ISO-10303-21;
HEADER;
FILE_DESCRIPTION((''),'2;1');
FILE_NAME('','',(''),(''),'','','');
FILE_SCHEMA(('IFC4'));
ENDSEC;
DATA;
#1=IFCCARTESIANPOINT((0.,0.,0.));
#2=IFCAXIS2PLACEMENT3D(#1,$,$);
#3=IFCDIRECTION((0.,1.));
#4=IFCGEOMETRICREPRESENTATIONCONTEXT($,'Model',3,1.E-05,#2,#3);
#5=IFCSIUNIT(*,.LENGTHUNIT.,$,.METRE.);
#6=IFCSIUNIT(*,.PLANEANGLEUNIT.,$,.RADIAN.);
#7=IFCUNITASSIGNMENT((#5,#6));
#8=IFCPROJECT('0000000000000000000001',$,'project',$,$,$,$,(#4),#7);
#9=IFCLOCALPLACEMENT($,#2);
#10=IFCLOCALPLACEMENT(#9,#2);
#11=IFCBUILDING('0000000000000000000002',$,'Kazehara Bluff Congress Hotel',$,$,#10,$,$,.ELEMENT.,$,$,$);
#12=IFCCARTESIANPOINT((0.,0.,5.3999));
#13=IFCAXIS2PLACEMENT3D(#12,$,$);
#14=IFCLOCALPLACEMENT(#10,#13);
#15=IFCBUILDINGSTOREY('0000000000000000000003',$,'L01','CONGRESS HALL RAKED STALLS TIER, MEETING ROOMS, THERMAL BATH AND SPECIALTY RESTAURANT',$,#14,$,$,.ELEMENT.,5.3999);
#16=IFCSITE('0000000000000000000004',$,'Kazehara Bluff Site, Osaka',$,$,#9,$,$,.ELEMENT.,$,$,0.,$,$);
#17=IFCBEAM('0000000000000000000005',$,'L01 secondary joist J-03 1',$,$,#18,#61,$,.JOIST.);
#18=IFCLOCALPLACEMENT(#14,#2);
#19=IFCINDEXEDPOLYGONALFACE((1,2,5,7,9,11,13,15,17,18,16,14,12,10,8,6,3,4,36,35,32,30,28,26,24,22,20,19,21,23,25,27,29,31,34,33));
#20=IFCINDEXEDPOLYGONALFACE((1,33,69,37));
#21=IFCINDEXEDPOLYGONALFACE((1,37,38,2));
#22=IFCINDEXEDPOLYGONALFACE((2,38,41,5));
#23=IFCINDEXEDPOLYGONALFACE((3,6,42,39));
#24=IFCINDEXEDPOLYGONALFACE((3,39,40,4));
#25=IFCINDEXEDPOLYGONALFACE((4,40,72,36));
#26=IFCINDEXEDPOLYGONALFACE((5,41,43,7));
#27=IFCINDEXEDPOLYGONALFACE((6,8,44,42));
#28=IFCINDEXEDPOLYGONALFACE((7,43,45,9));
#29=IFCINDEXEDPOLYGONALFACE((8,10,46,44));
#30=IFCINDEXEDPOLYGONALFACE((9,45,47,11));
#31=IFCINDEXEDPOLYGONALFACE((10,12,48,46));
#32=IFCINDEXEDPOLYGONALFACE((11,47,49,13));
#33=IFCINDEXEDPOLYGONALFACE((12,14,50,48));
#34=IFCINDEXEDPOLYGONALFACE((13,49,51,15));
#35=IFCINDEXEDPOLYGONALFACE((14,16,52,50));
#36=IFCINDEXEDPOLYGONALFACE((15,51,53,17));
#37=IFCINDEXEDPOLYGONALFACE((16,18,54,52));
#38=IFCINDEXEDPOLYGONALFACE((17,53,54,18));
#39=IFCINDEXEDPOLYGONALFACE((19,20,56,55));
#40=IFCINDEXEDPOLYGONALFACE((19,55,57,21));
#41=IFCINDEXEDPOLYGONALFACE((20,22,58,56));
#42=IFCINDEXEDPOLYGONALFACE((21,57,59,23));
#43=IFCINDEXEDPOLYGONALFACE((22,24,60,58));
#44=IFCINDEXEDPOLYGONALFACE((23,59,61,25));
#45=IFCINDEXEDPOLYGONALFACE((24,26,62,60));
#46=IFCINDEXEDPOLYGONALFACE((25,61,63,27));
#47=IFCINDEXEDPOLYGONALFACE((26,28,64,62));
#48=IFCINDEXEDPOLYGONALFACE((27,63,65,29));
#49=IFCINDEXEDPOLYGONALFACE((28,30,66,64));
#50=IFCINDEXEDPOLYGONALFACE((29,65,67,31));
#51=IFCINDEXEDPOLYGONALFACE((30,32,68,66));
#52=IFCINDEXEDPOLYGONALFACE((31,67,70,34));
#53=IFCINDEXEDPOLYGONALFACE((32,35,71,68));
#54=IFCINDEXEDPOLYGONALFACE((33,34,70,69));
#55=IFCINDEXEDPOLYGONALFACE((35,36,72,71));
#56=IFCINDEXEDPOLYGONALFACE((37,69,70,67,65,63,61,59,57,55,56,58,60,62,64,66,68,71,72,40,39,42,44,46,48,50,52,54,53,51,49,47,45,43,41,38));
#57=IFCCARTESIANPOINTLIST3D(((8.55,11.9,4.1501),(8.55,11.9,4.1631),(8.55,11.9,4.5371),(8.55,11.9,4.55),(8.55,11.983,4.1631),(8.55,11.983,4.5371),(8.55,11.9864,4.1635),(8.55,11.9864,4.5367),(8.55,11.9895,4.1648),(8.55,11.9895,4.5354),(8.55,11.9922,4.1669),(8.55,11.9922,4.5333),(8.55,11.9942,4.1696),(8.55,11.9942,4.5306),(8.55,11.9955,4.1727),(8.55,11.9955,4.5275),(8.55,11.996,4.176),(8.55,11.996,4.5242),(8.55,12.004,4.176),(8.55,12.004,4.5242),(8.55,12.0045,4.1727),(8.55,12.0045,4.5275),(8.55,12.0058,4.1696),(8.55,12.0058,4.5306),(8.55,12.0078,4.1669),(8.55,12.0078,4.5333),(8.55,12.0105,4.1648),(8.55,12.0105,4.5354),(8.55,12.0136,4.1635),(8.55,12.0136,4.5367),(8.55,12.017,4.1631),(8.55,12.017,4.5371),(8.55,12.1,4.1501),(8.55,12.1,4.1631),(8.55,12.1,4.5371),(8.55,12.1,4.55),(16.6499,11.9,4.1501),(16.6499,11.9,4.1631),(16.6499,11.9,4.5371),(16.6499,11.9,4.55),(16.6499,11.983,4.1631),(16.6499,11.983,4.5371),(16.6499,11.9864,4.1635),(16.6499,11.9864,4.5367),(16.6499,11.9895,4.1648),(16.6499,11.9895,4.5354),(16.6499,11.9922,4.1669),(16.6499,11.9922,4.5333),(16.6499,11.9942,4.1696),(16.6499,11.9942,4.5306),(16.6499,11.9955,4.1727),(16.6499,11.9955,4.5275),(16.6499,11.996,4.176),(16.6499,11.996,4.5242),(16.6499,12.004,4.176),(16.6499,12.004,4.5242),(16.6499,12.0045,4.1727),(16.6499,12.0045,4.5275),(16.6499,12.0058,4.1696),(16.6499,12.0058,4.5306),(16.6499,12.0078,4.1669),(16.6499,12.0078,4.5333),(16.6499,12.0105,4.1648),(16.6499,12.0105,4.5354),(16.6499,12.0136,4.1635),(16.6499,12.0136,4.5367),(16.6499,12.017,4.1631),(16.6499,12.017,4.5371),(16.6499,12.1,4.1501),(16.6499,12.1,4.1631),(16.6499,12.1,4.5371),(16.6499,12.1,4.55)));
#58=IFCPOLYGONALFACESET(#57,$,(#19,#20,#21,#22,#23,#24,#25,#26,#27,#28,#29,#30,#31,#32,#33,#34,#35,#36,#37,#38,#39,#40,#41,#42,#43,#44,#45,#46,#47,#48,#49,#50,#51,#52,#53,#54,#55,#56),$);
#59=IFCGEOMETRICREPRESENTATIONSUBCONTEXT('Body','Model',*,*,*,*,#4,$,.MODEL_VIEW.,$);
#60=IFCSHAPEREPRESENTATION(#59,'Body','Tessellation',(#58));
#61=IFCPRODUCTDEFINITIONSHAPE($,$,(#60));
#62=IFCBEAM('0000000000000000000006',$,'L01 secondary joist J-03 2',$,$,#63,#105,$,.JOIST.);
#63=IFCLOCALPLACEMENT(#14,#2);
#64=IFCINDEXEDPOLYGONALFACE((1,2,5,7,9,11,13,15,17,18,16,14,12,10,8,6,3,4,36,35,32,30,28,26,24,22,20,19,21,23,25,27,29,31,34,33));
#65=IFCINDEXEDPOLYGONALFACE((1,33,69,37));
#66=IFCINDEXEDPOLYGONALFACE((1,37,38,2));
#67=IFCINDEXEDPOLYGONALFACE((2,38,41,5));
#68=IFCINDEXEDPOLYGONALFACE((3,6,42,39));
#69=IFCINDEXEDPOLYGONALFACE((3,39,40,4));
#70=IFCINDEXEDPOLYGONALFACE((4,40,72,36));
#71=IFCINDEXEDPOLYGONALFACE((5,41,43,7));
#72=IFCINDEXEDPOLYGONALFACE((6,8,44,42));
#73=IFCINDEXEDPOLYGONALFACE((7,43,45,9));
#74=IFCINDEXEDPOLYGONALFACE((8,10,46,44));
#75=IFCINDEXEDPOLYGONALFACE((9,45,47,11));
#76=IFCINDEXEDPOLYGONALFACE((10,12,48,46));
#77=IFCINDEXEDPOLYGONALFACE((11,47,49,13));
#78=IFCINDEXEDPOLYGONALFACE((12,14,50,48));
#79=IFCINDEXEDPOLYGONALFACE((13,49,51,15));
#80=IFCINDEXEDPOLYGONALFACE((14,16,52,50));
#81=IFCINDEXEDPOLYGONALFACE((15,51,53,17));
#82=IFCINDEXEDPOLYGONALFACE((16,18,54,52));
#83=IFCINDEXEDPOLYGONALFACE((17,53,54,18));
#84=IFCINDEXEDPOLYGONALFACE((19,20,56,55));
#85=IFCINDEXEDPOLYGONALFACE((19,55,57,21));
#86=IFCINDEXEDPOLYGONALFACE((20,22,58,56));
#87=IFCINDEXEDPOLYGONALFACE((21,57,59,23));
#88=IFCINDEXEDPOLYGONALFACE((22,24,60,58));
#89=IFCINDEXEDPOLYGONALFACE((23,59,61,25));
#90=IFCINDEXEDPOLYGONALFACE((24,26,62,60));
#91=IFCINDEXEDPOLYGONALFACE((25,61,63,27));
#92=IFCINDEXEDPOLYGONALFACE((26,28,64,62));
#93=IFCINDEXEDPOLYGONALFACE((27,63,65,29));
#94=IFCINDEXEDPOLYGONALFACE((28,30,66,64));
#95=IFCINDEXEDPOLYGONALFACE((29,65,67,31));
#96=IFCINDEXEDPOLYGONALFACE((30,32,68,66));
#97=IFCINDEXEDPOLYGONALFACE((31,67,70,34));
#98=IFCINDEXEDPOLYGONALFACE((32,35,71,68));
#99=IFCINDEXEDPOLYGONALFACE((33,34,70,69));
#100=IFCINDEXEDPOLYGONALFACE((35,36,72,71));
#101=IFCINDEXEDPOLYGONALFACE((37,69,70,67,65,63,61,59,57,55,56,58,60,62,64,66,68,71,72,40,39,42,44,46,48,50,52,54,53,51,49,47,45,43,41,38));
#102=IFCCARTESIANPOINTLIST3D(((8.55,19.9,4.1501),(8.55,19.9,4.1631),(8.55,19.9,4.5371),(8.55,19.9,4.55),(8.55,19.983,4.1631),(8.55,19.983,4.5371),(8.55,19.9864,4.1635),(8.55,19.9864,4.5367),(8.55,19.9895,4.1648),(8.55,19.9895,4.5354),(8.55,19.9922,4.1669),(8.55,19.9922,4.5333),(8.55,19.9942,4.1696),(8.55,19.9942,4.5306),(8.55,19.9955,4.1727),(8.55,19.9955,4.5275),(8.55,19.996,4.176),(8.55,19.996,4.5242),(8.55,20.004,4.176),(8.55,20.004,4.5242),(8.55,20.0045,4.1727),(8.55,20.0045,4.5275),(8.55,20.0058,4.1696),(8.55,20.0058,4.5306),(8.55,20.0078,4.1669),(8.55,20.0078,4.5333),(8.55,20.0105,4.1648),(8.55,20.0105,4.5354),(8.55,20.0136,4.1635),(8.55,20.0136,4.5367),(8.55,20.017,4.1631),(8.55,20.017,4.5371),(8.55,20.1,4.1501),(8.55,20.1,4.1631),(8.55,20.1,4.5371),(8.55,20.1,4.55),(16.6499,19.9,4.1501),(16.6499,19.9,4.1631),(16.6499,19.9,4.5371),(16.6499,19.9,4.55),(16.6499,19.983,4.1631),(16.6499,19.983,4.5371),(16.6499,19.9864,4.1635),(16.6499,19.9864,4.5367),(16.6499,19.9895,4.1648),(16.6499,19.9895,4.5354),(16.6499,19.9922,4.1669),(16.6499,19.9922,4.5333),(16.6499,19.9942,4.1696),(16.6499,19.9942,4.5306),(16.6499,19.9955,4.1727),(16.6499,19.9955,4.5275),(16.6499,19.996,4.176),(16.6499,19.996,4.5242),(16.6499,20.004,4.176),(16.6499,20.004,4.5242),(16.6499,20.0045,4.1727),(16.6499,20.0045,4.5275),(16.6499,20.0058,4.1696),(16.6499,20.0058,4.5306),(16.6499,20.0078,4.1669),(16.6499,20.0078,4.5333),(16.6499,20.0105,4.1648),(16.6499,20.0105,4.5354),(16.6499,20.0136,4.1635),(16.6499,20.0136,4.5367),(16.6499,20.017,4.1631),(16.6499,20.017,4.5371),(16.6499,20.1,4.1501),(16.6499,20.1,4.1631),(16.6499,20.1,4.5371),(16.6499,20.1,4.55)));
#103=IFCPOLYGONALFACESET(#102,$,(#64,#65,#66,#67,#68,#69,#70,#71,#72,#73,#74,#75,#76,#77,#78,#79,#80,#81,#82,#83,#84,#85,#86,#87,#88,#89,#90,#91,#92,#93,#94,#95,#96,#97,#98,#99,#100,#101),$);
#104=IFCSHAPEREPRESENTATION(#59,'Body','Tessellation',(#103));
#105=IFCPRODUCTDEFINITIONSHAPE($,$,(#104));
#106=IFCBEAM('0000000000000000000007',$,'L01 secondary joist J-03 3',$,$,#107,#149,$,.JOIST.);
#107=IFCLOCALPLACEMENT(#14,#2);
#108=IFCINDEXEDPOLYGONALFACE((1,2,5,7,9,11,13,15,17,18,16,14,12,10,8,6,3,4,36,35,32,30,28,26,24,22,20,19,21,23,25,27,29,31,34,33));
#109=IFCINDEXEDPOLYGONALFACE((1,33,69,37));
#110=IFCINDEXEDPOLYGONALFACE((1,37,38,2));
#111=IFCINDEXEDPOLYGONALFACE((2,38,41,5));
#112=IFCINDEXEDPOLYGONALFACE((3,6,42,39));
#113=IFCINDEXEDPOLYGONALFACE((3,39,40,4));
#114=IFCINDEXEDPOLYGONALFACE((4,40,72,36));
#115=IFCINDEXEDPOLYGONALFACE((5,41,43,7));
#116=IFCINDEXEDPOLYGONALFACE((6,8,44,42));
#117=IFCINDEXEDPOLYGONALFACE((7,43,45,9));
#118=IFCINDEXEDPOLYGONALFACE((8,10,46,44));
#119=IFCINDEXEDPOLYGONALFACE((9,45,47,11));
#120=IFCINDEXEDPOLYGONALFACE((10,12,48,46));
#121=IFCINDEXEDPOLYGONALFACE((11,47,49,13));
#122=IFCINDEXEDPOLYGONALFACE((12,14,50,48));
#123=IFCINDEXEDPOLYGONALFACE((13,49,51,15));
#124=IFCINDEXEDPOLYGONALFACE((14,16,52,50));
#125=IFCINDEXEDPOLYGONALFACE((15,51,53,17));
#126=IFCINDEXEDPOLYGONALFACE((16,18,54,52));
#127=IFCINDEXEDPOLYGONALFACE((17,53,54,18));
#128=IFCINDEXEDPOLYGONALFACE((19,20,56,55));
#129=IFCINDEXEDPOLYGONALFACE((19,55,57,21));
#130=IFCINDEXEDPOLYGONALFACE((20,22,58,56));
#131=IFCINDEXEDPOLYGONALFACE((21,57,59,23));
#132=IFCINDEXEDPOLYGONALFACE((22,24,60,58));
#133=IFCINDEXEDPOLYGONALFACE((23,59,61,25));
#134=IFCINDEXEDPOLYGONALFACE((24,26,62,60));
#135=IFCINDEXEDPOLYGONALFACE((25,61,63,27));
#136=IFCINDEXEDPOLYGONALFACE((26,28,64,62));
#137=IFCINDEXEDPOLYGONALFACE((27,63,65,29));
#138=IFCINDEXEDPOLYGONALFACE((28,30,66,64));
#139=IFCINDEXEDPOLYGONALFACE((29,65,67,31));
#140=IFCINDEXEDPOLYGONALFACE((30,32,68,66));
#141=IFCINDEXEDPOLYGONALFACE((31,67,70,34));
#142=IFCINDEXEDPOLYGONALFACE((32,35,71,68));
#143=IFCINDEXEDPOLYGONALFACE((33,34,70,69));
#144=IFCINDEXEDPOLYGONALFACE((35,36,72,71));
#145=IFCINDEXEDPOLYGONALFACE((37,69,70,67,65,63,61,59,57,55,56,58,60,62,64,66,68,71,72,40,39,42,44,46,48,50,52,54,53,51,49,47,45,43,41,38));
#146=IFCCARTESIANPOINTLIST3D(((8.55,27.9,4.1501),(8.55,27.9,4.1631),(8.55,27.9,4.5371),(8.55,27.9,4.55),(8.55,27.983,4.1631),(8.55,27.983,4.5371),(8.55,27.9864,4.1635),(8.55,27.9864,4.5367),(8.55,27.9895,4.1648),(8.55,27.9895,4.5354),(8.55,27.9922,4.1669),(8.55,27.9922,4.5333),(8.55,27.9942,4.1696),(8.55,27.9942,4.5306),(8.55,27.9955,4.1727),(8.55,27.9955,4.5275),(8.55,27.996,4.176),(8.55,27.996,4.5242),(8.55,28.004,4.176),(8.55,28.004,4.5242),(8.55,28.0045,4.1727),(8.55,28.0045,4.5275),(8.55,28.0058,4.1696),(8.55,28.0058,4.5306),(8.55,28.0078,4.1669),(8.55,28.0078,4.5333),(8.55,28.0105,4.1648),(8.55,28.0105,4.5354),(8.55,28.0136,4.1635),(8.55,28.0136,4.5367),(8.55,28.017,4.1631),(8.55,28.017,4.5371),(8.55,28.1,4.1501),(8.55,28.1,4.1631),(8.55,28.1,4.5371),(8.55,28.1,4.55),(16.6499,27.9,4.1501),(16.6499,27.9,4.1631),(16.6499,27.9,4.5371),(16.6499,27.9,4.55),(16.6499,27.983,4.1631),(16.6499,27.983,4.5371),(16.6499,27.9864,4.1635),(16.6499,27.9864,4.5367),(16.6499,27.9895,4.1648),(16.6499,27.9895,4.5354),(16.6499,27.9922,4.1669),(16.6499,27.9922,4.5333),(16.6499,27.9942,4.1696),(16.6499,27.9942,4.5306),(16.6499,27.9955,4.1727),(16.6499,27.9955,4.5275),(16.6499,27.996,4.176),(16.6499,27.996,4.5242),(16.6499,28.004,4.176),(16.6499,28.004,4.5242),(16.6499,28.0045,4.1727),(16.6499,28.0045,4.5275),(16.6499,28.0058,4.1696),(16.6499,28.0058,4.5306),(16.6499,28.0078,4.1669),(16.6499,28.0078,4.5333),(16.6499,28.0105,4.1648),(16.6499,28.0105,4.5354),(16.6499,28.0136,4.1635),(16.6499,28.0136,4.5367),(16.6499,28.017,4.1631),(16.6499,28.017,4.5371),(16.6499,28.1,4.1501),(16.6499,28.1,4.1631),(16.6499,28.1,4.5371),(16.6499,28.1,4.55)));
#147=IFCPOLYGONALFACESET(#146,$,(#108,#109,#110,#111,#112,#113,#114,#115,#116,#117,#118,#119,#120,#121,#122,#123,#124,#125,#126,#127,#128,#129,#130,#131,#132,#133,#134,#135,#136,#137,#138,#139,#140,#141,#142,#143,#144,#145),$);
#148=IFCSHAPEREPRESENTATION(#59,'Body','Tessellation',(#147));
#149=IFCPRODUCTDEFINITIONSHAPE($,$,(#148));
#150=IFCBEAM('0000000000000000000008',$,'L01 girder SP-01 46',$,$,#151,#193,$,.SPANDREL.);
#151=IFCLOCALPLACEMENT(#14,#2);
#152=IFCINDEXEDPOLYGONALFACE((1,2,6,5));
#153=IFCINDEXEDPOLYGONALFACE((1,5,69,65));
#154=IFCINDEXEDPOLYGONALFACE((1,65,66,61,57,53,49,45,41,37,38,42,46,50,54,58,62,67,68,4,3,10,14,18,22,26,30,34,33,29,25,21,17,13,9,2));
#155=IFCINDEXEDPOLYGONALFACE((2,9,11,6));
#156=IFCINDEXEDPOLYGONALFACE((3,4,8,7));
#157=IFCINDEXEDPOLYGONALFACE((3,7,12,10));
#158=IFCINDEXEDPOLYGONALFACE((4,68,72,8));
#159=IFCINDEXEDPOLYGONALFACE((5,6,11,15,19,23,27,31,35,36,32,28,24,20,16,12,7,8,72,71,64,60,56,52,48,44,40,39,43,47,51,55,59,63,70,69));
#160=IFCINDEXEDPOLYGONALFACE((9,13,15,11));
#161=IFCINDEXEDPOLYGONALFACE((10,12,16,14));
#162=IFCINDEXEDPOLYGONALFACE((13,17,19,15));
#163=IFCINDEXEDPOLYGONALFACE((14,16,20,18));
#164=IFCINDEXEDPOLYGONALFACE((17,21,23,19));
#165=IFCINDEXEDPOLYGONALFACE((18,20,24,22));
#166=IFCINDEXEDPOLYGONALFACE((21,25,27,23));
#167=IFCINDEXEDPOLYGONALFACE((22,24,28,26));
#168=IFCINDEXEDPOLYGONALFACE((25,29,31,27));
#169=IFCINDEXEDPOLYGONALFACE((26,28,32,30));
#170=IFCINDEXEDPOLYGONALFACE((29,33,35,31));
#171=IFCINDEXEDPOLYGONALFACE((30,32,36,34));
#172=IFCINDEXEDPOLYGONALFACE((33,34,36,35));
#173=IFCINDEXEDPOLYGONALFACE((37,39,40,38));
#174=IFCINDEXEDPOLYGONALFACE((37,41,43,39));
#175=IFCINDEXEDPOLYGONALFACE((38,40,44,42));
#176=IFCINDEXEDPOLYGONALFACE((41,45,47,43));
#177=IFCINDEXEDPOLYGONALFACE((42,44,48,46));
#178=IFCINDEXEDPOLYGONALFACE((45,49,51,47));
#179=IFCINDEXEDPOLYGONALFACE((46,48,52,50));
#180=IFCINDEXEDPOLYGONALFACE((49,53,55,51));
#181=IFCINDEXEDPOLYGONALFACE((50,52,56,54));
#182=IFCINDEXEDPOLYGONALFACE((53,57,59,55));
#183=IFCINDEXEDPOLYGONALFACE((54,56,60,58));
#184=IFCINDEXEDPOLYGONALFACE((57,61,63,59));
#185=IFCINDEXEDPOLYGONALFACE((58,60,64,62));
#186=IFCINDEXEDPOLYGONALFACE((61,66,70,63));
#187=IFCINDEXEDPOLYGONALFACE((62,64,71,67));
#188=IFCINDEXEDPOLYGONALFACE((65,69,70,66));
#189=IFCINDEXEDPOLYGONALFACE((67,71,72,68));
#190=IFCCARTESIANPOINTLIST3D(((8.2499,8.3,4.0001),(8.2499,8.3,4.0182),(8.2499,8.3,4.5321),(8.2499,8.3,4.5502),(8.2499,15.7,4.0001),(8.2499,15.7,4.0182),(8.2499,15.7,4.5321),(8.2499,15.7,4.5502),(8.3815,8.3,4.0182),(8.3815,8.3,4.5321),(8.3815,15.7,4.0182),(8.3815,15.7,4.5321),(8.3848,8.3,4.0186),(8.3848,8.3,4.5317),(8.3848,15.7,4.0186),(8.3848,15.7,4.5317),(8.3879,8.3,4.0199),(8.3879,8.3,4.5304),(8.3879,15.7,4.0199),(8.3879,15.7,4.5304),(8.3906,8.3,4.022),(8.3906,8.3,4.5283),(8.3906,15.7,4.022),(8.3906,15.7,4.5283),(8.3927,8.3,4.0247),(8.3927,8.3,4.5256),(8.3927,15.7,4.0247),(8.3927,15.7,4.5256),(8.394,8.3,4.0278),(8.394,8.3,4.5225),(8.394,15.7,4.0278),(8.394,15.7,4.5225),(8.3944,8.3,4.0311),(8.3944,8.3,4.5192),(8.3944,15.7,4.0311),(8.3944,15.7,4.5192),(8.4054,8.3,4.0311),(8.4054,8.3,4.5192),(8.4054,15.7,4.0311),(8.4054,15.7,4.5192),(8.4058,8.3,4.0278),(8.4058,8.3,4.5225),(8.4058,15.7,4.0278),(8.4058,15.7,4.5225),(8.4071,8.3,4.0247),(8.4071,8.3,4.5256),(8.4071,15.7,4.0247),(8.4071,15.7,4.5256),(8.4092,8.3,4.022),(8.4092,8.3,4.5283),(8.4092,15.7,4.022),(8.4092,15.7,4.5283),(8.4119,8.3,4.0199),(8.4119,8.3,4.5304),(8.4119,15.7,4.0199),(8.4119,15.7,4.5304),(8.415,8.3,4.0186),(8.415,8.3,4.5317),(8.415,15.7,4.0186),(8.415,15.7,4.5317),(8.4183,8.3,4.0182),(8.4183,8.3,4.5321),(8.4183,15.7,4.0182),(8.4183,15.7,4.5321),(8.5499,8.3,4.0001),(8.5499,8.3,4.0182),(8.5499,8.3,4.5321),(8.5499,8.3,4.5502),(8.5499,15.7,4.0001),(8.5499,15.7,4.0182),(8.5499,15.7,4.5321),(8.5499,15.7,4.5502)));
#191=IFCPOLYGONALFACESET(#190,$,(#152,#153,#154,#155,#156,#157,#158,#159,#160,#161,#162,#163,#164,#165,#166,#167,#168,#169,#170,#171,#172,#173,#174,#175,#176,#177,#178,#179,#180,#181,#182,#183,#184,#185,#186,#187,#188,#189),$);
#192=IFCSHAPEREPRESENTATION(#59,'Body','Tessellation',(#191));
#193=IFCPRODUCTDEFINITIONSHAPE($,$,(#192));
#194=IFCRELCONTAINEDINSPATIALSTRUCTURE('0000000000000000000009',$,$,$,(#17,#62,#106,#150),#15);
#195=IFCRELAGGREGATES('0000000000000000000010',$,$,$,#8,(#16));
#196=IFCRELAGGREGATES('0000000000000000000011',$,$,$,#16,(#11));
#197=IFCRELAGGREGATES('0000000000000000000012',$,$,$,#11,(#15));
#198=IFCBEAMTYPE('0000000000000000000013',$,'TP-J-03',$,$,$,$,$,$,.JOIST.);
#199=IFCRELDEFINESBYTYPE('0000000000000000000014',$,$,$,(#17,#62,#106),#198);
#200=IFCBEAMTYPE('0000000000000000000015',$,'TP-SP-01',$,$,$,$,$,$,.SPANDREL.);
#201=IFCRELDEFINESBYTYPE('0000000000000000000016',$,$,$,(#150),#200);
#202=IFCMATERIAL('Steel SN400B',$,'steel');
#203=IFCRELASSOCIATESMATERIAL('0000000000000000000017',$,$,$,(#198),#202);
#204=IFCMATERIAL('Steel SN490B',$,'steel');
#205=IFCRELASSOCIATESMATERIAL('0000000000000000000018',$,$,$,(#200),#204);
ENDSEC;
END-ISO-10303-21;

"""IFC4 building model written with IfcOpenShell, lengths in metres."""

from ifc_helpers import new_model, si_unit, direction, frame, origin, origin_2d, place, context, subcontext, project, spatial, i_section, extrude, material, material_profile, profile_set, type_object, element, save


model = new_model("IFC4")

# Units and contexts
model_context = context("Model", 3, precision=1e-05, world=origin(), true_north=direction((0.0, 1.0)))
body_context = subcontext(model_context, "Body", "Model", "MODEL_VIEW")
ifc_project = project(units=[si_unit("LENGTHUNIT", "METRE"), si_unit("PLANEANGLEUNIT", "RADIAN")], contexts=[model_context])

# Site, building, storey
site_placement = place(None, origin())
site = spatial("IfcSite", under=ifc_project, at=site_placement, Name="Kazehara Bluff Site, Osaka", CompositionType="ELEMENT", RefElevation=0.0)
building_placement = place(site_placement, origin())
building = spatial("IfcBuilding", under=site, at=building_placement, Name="Kazehara Bluff Congress Hotel", CompositionType="ELEMENT")
storey_placement = place(building_placement, frame((0.0, 0.0, 5.3999)))
storey = spatial("IfcBuildingStorey", under=building, at=storey_placement, Name="L01", Description="CONGRESS HALL RAKED STALLS TIER, MEETING ROOMS, THERMAL BATH AND SPECIALTY RESTAURANT", CompositionType="ELEMENT", Elevation=5.3999)

# Beams
ifc_material_1 = material(Name="Steel SN400B", Category="steel")
ifc_material_profile_1 = material_profile(ifc_material_1, i_section(OverallWidth=0.2, OverallDepth=0.3999, WebThickness=0.0081, FlangeThickness=0.0129, FilletRadius=0.0129, at=origin_2d()))
ifc_profile_set_1 = profile_set([ifc_material_profile_1], Name="Steel SN400B")
beam_type_1 = type_object("IfcBeamType", Name="TP-J-03", PredefinedType="JOIST", material=ifc_profile_set_1)
for number, where, z_axis, x_axis, name in (
    (1, (8.55, 12.0, 4.3501), (1.0, 0.0, 0.0), (0.0, 1.0, 0.0), "L01 secondary joist J-03 1"),
    (2, (8.55, 20.0, 4.3501), (1.0, 0.0, 0.0), (0.0, 1.0, 0.0), "L01 secondary joist J-03 2"),
    (3, (8.55, 28.0, 4.3501), (1.0, 0.0, 0.0), (0.0, 1.0, 0.0), "L01 secondary joist J-03 3"),
):
    element("IfcBeam", number, at=place(storey_placement, frame(where, z_axis=z_axis, x_axis=x_axis)), inside=storey, type_object=beam_type_1, Name=name, PredefinedType="JOIST", context=body_context, shape_type="SweptSolid", body=[
        extrude(i_section(OverallWidth=0.2, OverallDepth=0.3999, WebThickness=0.0081, FlangeThickness=0.0129, FilletRadius=0.0129, at=origin_2d()), origin(), (0.0, 0.0, 1.0), 8.0999),
    ])
ifc_material_2 = material(Name="Steel SN490B", Category="steel")
ifc_material_profile_2 = material_profile(ifc_material_2, i_section(OverallWidth=0.3, OverallDepth=0.55, WebThickness=0.011, FlangeThickness=0.0181, FilletRadius=0.0129, at=origin_2d()))
ifc_profile_set_2 = profile_set([ifc_material_profile_2], Name="Steel SN490B")
beam_type_2 = type_object("IfcBeamType", Name="TP-SP-01", PredefinedType="SPANDREL", material=ifc_profile_set_2)
for number, where, z_axis, x_axis, name in (
    (4, (8.3999, 8.3, 4.2751), (0.0, 1.0, 0.0), (-1.0, 0.0, 0.0), "L01 girder SP-01 46"),
):
    element("IfcBeam", number, at=place(storey_placement, frame(where, z_axis=z_axis, x_axis=x_axis)), inside=storey, type_object=beam_type_2, Name=name, PredefinedType="SPANDREL", context=body_context, shape_type="SweptSolid", body=[
        extrude(i_section(OverallWidth=0.3, OverallDepth=0.55, WebThickness=0.011, FlangeThickness=0.0181, FilletRadius=0.0129, at=origin_2d()), origin(), (0.0, 0.0, 1.0), 7.3999),
    ])

save(model, "model.ifc")
